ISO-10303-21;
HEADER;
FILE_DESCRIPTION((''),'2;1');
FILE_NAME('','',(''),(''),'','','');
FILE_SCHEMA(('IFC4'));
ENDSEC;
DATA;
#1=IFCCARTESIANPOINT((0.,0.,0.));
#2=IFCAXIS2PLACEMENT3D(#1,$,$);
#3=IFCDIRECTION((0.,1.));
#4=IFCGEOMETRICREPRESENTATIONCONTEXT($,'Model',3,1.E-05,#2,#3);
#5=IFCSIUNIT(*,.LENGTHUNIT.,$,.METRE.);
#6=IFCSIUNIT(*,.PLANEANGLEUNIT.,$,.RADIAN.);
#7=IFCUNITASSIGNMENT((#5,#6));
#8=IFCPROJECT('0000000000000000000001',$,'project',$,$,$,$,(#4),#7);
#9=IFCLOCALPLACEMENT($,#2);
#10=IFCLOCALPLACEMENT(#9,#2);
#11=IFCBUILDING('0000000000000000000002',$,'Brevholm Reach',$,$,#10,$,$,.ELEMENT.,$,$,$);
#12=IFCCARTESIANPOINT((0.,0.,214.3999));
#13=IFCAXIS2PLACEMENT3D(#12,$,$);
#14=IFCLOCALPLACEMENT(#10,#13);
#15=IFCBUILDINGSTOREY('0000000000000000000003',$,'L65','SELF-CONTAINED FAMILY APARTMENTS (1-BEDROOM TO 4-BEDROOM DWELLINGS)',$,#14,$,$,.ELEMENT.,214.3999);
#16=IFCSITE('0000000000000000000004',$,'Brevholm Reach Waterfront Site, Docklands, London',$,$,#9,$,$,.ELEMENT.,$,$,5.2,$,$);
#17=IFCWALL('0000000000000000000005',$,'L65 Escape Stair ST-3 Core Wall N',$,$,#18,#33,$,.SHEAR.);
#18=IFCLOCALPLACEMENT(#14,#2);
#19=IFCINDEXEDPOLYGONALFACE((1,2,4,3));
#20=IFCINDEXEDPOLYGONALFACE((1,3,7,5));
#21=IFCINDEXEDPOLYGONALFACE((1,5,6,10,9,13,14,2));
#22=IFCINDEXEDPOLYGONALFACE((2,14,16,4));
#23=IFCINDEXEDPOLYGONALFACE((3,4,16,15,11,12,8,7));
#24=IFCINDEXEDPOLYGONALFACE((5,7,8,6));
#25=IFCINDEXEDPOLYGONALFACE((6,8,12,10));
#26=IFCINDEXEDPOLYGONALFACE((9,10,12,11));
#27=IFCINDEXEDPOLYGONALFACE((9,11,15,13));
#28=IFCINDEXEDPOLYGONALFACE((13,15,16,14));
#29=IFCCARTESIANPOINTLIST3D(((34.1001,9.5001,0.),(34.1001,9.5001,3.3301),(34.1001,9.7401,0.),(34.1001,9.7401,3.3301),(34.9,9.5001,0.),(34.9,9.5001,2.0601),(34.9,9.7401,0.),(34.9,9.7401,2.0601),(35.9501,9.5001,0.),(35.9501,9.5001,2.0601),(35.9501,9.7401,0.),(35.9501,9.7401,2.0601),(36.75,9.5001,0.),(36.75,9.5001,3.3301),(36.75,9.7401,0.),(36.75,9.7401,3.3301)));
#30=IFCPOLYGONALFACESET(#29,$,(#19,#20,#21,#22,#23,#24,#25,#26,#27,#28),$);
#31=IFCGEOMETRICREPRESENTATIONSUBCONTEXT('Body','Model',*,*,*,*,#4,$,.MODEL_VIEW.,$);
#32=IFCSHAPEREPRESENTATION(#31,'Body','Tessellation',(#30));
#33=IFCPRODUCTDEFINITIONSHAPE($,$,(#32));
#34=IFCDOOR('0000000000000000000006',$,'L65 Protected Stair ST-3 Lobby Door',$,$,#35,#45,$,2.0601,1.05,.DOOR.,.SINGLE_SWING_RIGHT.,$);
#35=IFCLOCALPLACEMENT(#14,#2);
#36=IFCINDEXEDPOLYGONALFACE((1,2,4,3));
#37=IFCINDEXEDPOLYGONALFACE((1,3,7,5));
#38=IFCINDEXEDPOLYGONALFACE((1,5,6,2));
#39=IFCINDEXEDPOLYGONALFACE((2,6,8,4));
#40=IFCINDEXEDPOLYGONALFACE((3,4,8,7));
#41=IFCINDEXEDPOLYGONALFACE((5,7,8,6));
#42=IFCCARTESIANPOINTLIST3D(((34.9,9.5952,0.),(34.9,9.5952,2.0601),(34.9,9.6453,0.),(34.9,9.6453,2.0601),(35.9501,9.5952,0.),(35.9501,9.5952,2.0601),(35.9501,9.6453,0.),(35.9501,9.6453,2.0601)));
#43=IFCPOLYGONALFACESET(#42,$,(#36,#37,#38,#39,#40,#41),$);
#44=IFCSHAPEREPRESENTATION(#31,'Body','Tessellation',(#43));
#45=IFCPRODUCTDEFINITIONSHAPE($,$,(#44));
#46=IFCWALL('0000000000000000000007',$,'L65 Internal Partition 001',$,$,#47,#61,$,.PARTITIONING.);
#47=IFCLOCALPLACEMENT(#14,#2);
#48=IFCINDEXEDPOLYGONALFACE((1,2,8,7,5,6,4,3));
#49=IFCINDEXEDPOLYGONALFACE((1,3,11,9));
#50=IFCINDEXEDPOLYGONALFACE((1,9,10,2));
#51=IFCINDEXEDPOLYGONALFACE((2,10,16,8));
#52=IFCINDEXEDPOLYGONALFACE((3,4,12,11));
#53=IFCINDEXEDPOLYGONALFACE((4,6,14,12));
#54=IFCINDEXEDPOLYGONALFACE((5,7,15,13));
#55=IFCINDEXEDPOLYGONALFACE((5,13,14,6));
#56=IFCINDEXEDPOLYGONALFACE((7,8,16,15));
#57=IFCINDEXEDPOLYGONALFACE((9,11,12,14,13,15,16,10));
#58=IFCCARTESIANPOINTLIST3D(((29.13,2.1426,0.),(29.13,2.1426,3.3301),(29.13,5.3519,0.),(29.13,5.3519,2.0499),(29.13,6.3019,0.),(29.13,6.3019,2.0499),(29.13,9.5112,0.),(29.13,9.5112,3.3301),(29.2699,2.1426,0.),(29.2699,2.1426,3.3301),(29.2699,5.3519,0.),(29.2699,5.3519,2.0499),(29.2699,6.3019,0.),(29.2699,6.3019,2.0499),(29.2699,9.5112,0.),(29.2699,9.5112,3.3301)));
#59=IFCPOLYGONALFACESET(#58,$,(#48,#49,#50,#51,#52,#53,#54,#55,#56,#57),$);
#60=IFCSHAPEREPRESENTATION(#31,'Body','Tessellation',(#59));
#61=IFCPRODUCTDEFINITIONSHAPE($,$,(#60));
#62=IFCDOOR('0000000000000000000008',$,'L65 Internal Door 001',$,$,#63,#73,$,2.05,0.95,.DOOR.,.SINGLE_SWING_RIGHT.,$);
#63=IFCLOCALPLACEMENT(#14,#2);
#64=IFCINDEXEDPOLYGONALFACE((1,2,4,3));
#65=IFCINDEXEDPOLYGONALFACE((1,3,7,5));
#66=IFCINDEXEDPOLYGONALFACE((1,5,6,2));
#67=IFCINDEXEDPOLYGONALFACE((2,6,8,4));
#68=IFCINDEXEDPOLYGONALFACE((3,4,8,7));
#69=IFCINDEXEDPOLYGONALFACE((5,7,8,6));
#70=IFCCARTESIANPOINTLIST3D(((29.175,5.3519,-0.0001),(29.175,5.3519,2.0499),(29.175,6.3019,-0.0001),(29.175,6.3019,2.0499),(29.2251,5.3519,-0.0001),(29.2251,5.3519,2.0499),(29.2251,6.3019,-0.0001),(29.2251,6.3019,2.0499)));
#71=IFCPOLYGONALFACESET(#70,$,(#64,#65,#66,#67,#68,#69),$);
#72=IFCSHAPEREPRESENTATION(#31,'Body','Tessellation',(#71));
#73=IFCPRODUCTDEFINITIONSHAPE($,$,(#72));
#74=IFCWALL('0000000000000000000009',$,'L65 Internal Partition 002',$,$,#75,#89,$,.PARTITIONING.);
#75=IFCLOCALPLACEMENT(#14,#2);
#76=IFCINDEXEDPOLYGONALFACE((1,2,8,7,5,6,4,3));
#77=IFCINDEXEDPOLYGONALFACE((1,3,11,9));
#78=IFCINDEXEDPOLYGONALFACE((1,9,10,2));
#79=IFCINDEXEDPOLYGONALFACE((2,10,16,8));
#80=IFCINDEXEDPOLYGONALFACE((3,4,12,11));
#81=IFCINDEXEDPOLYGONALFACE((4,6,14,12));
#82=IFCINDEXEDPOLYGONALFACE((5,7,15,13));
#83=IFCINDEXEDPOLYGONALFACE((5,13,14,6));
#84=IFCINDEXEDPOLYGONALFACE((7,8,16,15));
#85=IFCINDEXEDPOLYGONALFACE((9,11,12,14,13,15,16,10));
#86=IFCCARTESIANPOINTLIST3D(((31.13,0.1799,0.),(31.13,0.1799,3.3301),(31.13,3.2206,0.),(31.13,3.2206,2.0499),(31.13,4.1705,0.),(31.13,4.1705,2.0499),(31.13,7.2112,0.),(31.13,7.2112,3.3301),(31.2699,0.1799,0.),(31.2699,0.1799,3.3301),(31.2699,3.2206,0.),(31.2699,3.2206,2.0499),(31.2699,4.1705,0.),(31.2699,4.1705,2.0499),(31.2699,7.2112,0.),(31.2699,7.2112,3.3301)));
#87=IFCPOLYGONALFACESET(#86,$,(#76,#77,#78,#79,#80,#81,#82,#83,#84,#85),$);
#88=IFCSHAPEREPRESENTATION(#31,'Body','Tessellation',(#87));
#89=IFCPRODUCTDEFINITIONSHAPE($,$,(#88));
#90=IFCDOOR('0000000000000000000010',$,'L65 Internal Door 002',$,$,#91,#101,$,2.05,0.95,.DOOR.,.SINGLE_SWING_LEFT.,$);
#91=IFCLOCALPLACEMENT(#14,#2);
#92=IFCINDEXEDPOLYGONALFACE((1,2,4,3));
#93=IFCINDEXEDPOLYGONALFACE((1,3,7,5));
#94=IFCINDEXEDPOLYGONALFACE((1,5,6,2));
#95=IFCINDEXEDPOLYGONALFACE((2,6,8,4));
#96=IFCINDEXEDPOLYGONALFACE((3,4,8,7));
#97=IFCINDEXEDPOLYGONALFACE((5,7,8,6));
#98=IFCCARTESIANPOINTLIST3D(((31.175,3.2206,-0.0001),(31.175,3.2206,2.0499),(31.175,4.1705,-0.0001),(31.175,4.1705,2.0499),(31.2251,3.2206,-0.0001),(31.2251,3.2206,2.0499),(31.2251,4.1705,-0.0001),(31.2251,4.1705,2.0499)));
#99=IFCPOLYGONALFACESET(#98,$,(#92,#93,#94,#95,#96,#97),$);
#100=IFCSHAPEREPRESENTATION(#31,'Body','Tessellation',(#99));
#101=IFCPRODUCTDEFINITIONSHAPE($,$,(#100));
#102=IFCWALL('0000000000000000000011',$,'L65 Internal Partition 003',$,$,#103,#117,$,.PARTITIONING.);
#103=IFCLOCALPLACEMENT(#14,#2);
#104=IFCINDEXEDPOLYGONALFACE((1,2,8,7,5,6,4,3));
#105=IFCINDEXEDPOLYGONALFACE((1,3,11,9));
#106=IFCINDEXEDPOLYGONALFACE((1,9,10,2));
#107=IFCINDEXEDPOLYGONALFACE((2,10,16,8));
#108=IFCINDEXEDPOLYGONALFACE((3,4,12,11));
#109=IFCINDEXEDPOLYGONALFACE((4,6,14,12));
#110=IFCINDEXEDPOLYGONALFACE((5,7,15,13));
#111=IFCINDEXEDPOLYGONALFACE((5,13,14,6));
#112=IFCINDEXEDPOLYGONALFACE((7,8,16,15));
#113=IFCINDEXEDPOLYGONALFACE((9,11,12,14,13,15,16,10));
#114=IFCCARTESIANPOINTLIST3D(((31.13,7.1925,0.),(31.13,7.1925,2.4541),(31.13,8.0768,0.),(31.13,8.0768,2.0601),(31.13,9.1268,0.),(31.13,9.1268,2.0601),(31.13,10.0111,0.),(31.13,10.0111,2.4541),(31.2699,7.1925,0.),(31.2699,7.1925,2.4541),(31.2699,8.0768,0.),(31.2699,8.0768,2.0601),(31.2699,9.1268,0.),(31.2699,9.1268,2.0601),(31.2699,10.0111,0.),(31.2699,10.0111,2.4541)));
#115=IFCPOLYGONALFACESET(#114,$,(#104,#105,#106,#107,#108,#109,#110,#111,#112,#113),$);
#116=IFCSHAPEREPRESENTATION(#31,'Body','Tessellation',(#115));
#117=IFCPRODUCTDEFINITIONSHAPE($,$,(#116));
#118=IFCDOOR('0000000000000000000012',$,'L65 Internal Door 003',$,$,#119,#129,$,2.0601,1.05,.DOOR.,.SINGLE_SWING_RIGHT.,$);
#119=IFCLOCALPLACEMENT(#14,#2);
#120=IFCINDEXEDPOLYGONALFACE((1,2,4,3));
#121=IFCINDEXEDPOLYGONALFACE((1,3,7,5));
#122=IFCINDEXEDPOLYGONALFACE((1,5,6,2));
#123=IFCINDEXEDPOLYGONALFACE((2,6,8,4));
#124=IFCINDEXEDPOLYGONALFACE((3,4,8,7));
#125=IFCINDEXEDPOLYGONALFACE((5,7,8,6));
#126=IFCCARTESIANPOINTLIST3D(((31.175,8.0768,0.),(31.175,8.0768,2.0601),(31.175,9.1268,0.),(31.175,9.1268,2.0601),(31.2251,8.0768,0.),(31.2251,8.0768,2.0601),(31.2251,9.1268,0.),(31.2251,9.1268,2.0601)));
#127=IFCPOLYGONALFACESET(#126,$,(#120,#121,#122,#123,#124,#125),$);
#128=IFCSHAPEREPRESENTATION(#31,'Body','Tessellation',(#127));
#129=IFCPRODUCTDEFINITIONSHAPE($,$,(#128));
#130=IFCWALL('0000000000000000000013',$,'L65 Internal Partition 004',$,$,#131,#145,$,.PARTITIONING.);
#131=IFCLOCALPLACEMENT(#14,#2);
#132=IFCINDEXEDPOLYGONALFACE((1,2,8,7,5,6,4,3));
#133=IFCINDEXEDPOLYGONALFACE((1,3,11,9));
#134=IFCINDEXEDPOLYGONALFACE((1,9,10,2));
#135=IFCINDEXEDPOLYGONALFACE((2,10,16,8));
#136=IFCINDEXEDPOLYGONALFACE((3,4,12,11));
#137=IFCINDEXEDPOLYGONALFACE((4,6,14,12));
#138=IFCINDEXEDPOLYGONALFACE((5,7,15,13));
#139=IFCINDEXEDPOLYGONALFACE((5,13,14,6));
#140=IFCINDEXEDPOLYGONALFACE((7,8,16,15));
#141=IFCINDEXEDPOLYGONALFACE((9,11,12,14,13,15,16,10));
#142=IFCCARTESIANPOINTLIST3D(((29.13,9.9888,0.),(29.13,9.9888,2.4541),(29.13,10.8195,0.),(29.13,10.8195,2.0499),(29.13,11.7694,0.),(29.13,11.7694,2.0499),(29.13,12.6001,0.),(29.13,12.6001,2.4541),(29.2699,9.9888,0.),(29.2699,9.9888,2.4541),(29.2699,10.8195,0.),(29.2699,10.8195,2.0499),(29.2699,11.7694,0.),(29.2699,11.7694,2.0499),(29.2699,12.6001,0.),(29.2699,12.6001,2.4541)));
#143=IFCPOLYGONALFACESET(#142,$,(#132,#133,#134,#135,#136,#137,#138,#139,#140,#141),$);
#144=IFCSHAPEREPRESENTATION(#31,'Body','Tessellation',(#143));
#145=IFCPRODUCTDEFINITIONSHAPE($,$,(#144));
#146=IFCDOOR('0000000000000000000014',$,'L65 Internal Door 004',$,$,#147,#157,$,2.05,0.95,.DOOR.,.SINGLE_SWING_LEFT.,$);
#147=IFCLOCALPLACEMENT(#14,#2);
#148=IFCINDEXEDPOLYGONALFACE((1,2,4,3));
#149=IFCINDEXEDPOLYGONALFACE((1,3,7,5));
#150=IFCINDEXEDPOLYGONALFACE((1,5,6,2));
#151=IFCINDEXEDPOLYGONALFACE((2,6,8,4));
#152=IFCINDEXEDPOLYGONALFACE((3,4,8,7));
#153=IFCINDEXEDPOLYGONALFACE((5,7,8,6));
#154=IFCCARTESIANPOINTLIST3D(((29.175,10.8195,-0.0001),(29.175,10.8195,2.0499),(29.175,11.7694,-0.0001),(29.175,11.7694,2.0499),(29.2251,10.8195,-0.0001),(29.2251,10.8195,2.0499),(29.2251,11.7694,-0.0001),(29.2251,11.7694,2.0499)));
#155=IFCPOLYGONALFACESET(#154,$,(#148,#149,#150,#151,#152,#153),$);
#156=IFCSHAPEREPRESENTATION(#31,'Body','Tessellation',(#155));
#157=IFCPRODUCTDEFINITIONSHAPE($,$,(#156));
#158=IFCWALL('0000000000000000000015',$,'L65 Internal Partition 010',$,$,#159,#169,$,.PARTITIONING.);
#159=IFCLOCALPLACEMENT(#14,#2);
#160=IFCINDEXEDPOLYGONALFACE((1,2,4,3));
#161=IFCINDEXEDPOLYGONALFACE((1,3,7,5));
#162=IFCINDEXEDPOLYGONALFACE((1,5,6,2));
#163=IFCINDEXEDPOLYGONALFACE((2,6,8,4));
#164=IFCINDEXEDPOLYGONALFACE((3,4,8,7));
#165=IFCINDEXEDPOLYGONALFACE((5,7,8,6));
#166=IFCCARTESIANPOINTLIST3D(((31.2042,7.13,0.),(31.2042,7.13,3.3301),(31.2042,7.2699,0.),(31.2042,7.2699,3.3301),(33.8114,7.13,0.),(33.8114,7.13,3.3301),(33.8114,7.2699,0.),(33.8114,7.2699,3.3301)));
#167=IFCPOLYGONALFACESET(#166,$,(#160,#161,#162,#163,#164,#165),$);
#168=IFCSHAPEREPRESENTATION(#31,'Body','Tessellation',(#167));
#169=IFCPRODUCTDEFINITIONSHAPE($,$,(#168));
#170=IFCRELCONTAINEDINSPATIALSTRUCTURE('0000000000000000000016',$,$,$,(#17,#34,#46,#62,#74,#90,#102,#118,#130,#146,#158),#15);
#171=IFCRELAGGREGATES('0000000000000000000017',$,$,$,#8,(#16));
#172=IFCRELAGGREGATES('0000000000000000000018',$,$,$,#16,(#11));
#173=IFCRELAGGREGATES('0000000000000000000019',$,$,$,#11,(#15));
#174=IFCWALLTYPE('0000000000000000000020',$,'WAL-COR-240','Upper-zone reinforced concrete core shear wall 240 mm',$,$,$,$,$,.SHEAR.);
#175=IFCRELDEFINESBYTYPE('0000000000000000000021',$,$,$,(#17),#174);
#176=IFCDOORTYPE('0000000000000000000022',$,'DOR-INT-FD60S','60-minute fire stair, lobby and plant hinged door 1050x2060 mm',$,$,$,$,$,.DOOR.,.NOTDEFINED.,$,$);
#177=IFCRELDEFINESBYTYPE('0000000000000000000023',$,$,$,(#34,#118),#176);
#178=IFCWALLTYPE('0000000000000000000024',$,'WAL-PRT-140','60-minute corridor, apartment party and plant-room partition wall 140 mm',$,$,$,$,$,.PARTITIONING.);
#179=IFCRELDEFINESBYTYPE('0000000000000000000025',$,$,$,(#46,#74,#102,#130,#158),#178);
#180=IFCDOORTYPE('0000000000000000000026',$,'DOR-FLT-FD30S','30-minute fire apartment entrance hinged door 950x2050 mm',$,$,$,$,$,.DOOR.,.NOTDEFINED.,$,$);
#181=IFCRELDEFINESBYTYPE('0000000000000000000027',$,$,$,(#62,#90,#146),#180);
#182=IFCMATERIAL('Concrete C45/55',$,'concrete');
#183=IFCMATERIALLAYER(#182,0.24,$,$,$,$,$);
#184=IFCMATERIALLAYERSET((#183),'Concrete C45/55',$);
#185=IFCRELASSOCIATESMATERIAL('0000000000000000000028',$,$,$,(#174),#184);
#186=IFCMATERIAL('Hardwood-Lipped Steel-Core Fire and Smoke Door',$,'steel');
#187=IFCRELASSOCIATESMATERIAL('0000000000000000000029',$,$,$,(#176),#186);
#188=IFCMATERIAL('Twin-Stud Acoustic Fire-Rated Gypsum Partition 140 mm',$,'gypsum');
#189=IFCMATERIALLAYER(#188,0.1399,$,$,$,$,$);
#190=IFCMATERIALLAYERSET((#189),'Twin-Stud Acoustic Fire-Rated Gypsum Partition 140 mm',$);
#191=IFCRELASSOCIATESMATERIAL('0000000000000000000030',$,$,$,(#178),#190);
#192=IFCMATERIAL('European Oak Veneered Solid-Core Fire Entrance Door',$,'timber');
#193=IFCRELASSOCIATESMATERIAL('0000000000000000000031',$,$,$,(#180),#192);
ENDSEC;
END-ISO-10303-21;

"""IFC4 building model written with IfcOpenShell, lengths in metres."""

from ifc_helpers import new_model, si_unit, direction, frame, frame_2d, origin, place, context, subcontext, project, spatial, rectangle, extrude, material, layer, layer_set, type_object, element, fill, save


model = new_model("IFC4")

# Units and contexts
model_context = context("Model", 3, precision=1e-05, world=origin(), true_north=direction((0.0, 1.0)))
body_context = subcontext(model_context, "Body", "Model", "MODEL_VIEW")
ifc_project = project(units=[si_unit("LENGTHUNIT", "METRE"), si_unit("PLANEANGLEUNIT", "RADIAN")], contexts=[model_context])

# Site, building, storey
site_placement = place(None, origin())
site = spatial("IfcSite", under=ifc_project, at=site_placement, Name="Brevholm Reach Waterfront Site, Docklands, London", CompositionType="ELEMENT", RefElevation=5.2)
building_placement = place(site_placement, origin())
building = spatial("IfcBuilding", under=site, at=building_placement, Name="Brevholm Reach", CompositionType="ELEMENT")
storey_placement = place(building_placement, frame((0.0, 0.0, 214.3999)))
storey = spatial("IfcBuildingStorey", under=building, at=storey_placement, Name="L65", Description="SELF-CONTAINED FAMILY APARTMENTS (1-BEDROOM TO 4-BEDROOM DWELLINGS)", CompositionType="ELEMENT", Elevation=214.3999)

# Shared definitions
ifc_material_1 = material(Name="Concrete C45/55", Category="concrete")
ifc_layer_1 = layer(ifc_material_1, 0.24)
ifc_layer_set_1 = layer_set([ifc_layer_1], Name="Concrete C45/55")
wall_type_1 = type_object("IfcWallType", Name="WAL-COR-240", Description="Upper-zone reinforced concrete core shear wall 240 mm", PredefinedType="SHEAR", material=ifc_layer_set_1)

# Walls, openings, doors
wall_1_placement = place(storey_placement, frame((36.75, 9.6201, 0.0), z_axis=(0.0, 0.0, 1.0), x_axis=(-1.0, 0.0, 0.0)))
wall_1 = element("IfcWall", 1, at=wall_1_placement, inside=storey, type_object=wall_type_1, Name="L65 Escape Stair ST-3 Core Wall N", PredefinedType="SHEAR", context=body_context, shape_type="SweptSolid", body=[
    extrude(rectangle(XDim=2.6499, YDim=0.24, at=frame_2d((1.325, 0.0))), origin(), (0.0, 0.0, 1.0), 3.3301),
])
opening_1_placement = place(wall_1_placement, frame((0.8, 0.0, 0.0)))
opening_1 = element("IfcOpeningElement", 2, at=opening_1_placement, cuts=wall_1, PredefinedType="OPENING", context=body_context, shape_type="SweptSolid", body=[
    extrude(rectangle(XDim=1.05, YDim=2.0601, at=frame_2d((0.5249, 1.03))), frame((0.0, 0.1299, 0.0), z_axis=(0.0, -1.0, 0.0), x_axis=(1.0, 0.0, 0.0)), (0.0, 0.0, 1.0), 0.26),
])
ifc_material_2 = material(Name="Hardwood-Lipped Steel-Core Fire and Smoke Door", Category="steel")
door_type_1 = type_object("IfcDoorType", Name="DOR-INT-FD60S", Description="60-minute fire stair, lobby and plant hinged door 1050x2060 mm", OperationType="NOTDEFINED", PredefinedType="DOOR", material=ifc_material_2)
door_1_placement = place(opening_1_placement, origin())
door_1 = element("IfcDoor", 3, at=door_1_placement, inside=storey, type_object=door_type_1, Name="L65 Protected Stair ST-3 Lobby Door", OperationType="SINGLE_SWING_RIGHT", OverallHeight=2.0601, OverallWidth=1.05, PredefinedType="DOOR", context=body_context, shape_type="SweptSolid", body=[
    extrude(rectangle(XDim=1.05, YDim=2.0601, at=frame_2d((0.5249, 1.03))), frame((0.0, 0.0249, 0.0), z_axis=(0.0, -1.0, 0.0), x_axis=(1.0, 0.0, 0.0)), (0.0, 0.0, 1.0), 0.05),
])
fill(opening_1, door_1)
ifc_material_3 = material(Name="Twin-Stud Acoustic Fire-Rated Gypsum Partition 140 mm", Category="gypsum")
ifc_layer_2 = layer(ifc_material_3, 0.1399)
ifc_layer_set_2 = layer_set([ifc_layer_2], Name="Twin-Stud Acoustic Fire-Rated Gypsum Partition 140 mm")
wall_type_2 = type_object("IfcWallType", Name="WAL-PRT-140", Description="60-minute corridor, apartment party and plant-room partition wall 140 mm", PredefinedType="PARTITIONING", material=ifc_layer_set_2)
wall_2_placement = place(storey_placement, frame((29.2, 2.1426, 0.0), z_axis=(0.0, 0.0, 1.0), x_axis=(0.0, 1.0, 0.0)))
wall_2 = element("IfcWall", 4, at=wall_2_placement, inside=storey, type_object=wall_type_2, Name="L65 Internal Partition 001", PredefinedType="PARTITIONING", context=body_context, shape_type="SweptSolid", body=[
    extrude(rectangle(XDim=7.3687, YDim=0.1399, at=frame_2d((3.6843, 0.0))), origin(), (0.0, 0.0, 1.0), 3.3301),
])
opening_2_placement = place(wall_2_placement, frame((3.2092, 0.0, 0.0)))
opening_2 = element("IfcOpeningElement", 5, at=opening_2_placement, cuts=wall_2, PredefinedType="OPENING", context=body_context, shape_type="SweptSolid", body=[
    extrude(rectangle(XDim=0.95, YDim=2.05, at=frame_2d((0.4751, 1.0249))), frame((0.0, 0.0798, 0.0), z_axis=(0.0, -1.0, 0.0), x_axis=(1.0, 0.0, 0.0)), (0.0, 0.0, 1.0), 0.1599),
])
ifc_material_4 = material(Name="European Oak Veneered Solid-Core Fire Entrance Door", Category="timber")
door_type_2 = type_object("IfcDoorType", Name="DOR-FLT-FD30S", Description="30-minute fire apartment entrance hinged door 950x2050 mm", OperationType="NOTDEFINED", PredefinedType="DOOR", material=ifc_material_4)
door_2_placement = place(opening_2_placement, origin())
door_2 = element("IfcDoor", 6, at=door_2_placement, inside=storey, type_object=door_type_2, Name="L65 Internal Door 001", OperationType="SINGLE_SWING_RIGHT", OverallHeight=2.05, OverallWidth=0.95, PredefinedType="DOOR", context=body_context, shape_type="SweptSolid", body=[
    extrude(rectangle(XDim=0.95, YDim=2.05, at=frame_2d((0.4751, 1.0249))), frame((0.0, 0.0249, 0.0), z_axis=(0.0, -1.0, 0.0), x_axis=(1.0, 0.0, 0.0)), (0.0, 0.0, 1.0), 0.05),
])
fill(opening_2, door_2)
wall_3_placement = place(storey_placement, frame((31.2, 0.1799, 0.0), z_axis=(0.0, 0.0, 1.0), x_axis=(0.0, 1.0, 0.0)))
wall_3 = element("IfcWall", 7, at=wall_3_placement, inside=storey, type_object=wall_type_2, Name="L65 Internal Partition 002", PredefinedType="PARTITIONING", context=body_context, shape_type="SweptSolid", body=[
    extrude(rectangle(XDim=7.0312, YDim=0.1399, at=frame_2d((3.5156, 0.0))), origin(), (0.0, 0.0, 1.0), 3.3301),
])
opening_3_placement = place(wall_3_placement, frame((3.0405, 0.0, 0.0)))
opening_3 = element("IfcOpeningElement", 8, at=opening_3_placement, cuts=wall_3, PredefinedType="OPENING", context=body_context, shape_type="SweptSolid", body=[
    extrude(rectangle(XDim=0.95, YDim=2.05, at=frame_2d((0.4751, 1.0249))), frame((0.0, 0.0798, 0.0), z_axis=(0.0, -1.0, 0.0), x_axis=(1.0, 0.0, 0.0)), (0.0, 0.0, 1.0), 0.1599),
])
door_3_placement = place(opening_3_placement, origin())
door_3 = element("IfcDoor", 9, at=door_3_placement, inside=storey, type_object=door_type_2, Name="L65 Internal Door 002", OperationType="SINGLE_SWING_LEFT", OverallHeight=2.05, OverallWidth=0.95, PredefinedType="DOOR", context=body_context, shape_type="SweptSolid", body=[
    extrude(rectangle(XDim=0.95, YDim=2.05, at=frame_2d((0.4751, 1.0249))), frame((0.0, 0.0249, 0.0), z_axis=(0.0, -1.0, 0.0), x_axis=(1.0, 0.0, 0.0)), (0.0, 0.0, 1.0), 0.05),
])
fill(opening_3, door_3)
wall_4_placement = place(storey_placement, frame((31.2, 7.1926, 0.0), z_axis=(0.0, 0.0, 1.0), x_axis=(0.0, 1.0, 0.0)))
wall_4 = element("IfcWall", 10, at=wall_4_placement, inside=storey, type_object=wall_type_2, Name="L65 Internal Partition 003", PredefinedType="PARTITIONING", context=body_context, shape_type="SweptSolid", body=[
    extrude(rectangle(XDim=2.8186, YDim=0.1399, at=frame_2d((1.4092, 0.0))), origin(), (0.0, 0.0, 1.0), 2.4541),
])
opening_4_placement = place(wall_4_placement, frame((0.8843, 0.0, 0.0)))
opening_4 = element("IfcOpeningElement", 11, at=opening_4_placement, cuts=wall_4, PredefinedType="OPENING", context=body_context, shape_type="SweptSolid", body=[
    extrude(rectangle(XDim=1.05, YDim=2.0601, at=frame_2d((0.5249, 1.03))), frame((0.0, 0.0798, 0.0), z_axis=(0.0, -1.0, 0.0), x_axis=(1.0, 0.0, 0.0)), (0.0, 0.0, 1.0), 0.1599),
])
door_4_placement = place(opening_4_placement, origin())
door_4 = element("IfcDoor", 12, at=door_4_placement, inside=storey, type_object=door_type_1, Name="L65 Internal Door 003", OperationType="SINGLE_SWING_RIGHT", OverallHeight=2.0601, OverallWidth=1.05, PredefinedType="DOOR", context=body_context, shape_type="SweptSolid", body=[
    extrude(rectangle(XDim=1.05, YDim=2.0601, at=frame_2d((0.5249, 1.03))), frame((0.0, 0.0249, 0.0), z_axis=(0.0, -1.0, 0.0), x_axis=(1.0, 0.0, 0.0)), (0.0, 0.0, 1.0), 0.05),
])
fill(opening_4, door_4)
wall_5_placement = place(storey_placement, frame((29.2, 9.9888, 0.0), z_axis=(0.0, 0.0, 1.0), x_axis=(0.0, 1.0, 0.0)))
wall_5 = element("IfcWall", 13, at=wall_5_placement, inside=storey, type_object=wall_type_2, Name="L65 Internal Partition 004", PredefinedType="PARTITIONING", context=body_context, shape_type="SweptSolid", body=[
    extrude(rectangle(XDim=2.6113, YDim=0.1399, at=frame_2d((1.3057, 0.0))), origin(), (0.0, 0.0, 1.0), 2.4541),
])
opening_5_placement = place(wall_5_placement, frame((0.8306, 0.0, 0.0)))
opening_5 = element("IfcOpeningElement", 14, at=opening_5_placement, cuts=wall_5, PredefinedType="OPENING", context=body_context, shape_type="SweptSolid", body=[
    extrude(rectangle(XDim=0.95, YDim=2.05, at=frame_2d((0.4751, 1.0249))), frame((0.0, 0.0798, 0.0), z_axis=(0.0, -1.0, 0.0), x_axis=(1.0, 0.0, 0.0)), (0.0, 0.0, 1.0), 0.1599),
])
door_5_placement = place(opening_5_placement, origin())
door_5 = element("IfcDoor", 15, at=door_5_placement, inside=storey, type_object=door_type_2, Name="L65 Internal Door 004", OperationType="SINGLE_SWING_LEFT", OverallHeight=2.05, OverallWidth=0.95, PredefinedType="DOOR", context=body_context, shape_type="SweptSolid", body=[
    extrude(rectangle(XDim=0.95, YDim=2.05, at=frame_2d((0.4751, 1.0249))), frame((0.0, 0.0249, 0.0), z_axis=(0.0, -1.0, 0.0), x_axis=(1.0, 0.0, 0.0)), (0.0, 0.0, 1.0), 0.05),
])
fill(opening_5, door_5)

# Wall
wall_6_placement = place(storey_placement, frame((31.2041, 7.2, 0.0), z_axis=(0.0, 0.0, 1.0), x_axis=(1.0, 0.0, 0.0)))
element("IfcWall", 16, at=wall_6_placement, inside=storey, type_object=wall_type_2, Name="L65 Internal Partition 010", PredefinedType="PARTITIONING", context=body_context, shape_type="SweptSolid", body=[
    extrude(rectangle(XDim=2.6072, YDim=0.1399, at=frame_2d((1.3037, 0.0))), origin(), (0.0, 0.0, 1.0), 3.3301),
])

save(model, "model.ifc")
